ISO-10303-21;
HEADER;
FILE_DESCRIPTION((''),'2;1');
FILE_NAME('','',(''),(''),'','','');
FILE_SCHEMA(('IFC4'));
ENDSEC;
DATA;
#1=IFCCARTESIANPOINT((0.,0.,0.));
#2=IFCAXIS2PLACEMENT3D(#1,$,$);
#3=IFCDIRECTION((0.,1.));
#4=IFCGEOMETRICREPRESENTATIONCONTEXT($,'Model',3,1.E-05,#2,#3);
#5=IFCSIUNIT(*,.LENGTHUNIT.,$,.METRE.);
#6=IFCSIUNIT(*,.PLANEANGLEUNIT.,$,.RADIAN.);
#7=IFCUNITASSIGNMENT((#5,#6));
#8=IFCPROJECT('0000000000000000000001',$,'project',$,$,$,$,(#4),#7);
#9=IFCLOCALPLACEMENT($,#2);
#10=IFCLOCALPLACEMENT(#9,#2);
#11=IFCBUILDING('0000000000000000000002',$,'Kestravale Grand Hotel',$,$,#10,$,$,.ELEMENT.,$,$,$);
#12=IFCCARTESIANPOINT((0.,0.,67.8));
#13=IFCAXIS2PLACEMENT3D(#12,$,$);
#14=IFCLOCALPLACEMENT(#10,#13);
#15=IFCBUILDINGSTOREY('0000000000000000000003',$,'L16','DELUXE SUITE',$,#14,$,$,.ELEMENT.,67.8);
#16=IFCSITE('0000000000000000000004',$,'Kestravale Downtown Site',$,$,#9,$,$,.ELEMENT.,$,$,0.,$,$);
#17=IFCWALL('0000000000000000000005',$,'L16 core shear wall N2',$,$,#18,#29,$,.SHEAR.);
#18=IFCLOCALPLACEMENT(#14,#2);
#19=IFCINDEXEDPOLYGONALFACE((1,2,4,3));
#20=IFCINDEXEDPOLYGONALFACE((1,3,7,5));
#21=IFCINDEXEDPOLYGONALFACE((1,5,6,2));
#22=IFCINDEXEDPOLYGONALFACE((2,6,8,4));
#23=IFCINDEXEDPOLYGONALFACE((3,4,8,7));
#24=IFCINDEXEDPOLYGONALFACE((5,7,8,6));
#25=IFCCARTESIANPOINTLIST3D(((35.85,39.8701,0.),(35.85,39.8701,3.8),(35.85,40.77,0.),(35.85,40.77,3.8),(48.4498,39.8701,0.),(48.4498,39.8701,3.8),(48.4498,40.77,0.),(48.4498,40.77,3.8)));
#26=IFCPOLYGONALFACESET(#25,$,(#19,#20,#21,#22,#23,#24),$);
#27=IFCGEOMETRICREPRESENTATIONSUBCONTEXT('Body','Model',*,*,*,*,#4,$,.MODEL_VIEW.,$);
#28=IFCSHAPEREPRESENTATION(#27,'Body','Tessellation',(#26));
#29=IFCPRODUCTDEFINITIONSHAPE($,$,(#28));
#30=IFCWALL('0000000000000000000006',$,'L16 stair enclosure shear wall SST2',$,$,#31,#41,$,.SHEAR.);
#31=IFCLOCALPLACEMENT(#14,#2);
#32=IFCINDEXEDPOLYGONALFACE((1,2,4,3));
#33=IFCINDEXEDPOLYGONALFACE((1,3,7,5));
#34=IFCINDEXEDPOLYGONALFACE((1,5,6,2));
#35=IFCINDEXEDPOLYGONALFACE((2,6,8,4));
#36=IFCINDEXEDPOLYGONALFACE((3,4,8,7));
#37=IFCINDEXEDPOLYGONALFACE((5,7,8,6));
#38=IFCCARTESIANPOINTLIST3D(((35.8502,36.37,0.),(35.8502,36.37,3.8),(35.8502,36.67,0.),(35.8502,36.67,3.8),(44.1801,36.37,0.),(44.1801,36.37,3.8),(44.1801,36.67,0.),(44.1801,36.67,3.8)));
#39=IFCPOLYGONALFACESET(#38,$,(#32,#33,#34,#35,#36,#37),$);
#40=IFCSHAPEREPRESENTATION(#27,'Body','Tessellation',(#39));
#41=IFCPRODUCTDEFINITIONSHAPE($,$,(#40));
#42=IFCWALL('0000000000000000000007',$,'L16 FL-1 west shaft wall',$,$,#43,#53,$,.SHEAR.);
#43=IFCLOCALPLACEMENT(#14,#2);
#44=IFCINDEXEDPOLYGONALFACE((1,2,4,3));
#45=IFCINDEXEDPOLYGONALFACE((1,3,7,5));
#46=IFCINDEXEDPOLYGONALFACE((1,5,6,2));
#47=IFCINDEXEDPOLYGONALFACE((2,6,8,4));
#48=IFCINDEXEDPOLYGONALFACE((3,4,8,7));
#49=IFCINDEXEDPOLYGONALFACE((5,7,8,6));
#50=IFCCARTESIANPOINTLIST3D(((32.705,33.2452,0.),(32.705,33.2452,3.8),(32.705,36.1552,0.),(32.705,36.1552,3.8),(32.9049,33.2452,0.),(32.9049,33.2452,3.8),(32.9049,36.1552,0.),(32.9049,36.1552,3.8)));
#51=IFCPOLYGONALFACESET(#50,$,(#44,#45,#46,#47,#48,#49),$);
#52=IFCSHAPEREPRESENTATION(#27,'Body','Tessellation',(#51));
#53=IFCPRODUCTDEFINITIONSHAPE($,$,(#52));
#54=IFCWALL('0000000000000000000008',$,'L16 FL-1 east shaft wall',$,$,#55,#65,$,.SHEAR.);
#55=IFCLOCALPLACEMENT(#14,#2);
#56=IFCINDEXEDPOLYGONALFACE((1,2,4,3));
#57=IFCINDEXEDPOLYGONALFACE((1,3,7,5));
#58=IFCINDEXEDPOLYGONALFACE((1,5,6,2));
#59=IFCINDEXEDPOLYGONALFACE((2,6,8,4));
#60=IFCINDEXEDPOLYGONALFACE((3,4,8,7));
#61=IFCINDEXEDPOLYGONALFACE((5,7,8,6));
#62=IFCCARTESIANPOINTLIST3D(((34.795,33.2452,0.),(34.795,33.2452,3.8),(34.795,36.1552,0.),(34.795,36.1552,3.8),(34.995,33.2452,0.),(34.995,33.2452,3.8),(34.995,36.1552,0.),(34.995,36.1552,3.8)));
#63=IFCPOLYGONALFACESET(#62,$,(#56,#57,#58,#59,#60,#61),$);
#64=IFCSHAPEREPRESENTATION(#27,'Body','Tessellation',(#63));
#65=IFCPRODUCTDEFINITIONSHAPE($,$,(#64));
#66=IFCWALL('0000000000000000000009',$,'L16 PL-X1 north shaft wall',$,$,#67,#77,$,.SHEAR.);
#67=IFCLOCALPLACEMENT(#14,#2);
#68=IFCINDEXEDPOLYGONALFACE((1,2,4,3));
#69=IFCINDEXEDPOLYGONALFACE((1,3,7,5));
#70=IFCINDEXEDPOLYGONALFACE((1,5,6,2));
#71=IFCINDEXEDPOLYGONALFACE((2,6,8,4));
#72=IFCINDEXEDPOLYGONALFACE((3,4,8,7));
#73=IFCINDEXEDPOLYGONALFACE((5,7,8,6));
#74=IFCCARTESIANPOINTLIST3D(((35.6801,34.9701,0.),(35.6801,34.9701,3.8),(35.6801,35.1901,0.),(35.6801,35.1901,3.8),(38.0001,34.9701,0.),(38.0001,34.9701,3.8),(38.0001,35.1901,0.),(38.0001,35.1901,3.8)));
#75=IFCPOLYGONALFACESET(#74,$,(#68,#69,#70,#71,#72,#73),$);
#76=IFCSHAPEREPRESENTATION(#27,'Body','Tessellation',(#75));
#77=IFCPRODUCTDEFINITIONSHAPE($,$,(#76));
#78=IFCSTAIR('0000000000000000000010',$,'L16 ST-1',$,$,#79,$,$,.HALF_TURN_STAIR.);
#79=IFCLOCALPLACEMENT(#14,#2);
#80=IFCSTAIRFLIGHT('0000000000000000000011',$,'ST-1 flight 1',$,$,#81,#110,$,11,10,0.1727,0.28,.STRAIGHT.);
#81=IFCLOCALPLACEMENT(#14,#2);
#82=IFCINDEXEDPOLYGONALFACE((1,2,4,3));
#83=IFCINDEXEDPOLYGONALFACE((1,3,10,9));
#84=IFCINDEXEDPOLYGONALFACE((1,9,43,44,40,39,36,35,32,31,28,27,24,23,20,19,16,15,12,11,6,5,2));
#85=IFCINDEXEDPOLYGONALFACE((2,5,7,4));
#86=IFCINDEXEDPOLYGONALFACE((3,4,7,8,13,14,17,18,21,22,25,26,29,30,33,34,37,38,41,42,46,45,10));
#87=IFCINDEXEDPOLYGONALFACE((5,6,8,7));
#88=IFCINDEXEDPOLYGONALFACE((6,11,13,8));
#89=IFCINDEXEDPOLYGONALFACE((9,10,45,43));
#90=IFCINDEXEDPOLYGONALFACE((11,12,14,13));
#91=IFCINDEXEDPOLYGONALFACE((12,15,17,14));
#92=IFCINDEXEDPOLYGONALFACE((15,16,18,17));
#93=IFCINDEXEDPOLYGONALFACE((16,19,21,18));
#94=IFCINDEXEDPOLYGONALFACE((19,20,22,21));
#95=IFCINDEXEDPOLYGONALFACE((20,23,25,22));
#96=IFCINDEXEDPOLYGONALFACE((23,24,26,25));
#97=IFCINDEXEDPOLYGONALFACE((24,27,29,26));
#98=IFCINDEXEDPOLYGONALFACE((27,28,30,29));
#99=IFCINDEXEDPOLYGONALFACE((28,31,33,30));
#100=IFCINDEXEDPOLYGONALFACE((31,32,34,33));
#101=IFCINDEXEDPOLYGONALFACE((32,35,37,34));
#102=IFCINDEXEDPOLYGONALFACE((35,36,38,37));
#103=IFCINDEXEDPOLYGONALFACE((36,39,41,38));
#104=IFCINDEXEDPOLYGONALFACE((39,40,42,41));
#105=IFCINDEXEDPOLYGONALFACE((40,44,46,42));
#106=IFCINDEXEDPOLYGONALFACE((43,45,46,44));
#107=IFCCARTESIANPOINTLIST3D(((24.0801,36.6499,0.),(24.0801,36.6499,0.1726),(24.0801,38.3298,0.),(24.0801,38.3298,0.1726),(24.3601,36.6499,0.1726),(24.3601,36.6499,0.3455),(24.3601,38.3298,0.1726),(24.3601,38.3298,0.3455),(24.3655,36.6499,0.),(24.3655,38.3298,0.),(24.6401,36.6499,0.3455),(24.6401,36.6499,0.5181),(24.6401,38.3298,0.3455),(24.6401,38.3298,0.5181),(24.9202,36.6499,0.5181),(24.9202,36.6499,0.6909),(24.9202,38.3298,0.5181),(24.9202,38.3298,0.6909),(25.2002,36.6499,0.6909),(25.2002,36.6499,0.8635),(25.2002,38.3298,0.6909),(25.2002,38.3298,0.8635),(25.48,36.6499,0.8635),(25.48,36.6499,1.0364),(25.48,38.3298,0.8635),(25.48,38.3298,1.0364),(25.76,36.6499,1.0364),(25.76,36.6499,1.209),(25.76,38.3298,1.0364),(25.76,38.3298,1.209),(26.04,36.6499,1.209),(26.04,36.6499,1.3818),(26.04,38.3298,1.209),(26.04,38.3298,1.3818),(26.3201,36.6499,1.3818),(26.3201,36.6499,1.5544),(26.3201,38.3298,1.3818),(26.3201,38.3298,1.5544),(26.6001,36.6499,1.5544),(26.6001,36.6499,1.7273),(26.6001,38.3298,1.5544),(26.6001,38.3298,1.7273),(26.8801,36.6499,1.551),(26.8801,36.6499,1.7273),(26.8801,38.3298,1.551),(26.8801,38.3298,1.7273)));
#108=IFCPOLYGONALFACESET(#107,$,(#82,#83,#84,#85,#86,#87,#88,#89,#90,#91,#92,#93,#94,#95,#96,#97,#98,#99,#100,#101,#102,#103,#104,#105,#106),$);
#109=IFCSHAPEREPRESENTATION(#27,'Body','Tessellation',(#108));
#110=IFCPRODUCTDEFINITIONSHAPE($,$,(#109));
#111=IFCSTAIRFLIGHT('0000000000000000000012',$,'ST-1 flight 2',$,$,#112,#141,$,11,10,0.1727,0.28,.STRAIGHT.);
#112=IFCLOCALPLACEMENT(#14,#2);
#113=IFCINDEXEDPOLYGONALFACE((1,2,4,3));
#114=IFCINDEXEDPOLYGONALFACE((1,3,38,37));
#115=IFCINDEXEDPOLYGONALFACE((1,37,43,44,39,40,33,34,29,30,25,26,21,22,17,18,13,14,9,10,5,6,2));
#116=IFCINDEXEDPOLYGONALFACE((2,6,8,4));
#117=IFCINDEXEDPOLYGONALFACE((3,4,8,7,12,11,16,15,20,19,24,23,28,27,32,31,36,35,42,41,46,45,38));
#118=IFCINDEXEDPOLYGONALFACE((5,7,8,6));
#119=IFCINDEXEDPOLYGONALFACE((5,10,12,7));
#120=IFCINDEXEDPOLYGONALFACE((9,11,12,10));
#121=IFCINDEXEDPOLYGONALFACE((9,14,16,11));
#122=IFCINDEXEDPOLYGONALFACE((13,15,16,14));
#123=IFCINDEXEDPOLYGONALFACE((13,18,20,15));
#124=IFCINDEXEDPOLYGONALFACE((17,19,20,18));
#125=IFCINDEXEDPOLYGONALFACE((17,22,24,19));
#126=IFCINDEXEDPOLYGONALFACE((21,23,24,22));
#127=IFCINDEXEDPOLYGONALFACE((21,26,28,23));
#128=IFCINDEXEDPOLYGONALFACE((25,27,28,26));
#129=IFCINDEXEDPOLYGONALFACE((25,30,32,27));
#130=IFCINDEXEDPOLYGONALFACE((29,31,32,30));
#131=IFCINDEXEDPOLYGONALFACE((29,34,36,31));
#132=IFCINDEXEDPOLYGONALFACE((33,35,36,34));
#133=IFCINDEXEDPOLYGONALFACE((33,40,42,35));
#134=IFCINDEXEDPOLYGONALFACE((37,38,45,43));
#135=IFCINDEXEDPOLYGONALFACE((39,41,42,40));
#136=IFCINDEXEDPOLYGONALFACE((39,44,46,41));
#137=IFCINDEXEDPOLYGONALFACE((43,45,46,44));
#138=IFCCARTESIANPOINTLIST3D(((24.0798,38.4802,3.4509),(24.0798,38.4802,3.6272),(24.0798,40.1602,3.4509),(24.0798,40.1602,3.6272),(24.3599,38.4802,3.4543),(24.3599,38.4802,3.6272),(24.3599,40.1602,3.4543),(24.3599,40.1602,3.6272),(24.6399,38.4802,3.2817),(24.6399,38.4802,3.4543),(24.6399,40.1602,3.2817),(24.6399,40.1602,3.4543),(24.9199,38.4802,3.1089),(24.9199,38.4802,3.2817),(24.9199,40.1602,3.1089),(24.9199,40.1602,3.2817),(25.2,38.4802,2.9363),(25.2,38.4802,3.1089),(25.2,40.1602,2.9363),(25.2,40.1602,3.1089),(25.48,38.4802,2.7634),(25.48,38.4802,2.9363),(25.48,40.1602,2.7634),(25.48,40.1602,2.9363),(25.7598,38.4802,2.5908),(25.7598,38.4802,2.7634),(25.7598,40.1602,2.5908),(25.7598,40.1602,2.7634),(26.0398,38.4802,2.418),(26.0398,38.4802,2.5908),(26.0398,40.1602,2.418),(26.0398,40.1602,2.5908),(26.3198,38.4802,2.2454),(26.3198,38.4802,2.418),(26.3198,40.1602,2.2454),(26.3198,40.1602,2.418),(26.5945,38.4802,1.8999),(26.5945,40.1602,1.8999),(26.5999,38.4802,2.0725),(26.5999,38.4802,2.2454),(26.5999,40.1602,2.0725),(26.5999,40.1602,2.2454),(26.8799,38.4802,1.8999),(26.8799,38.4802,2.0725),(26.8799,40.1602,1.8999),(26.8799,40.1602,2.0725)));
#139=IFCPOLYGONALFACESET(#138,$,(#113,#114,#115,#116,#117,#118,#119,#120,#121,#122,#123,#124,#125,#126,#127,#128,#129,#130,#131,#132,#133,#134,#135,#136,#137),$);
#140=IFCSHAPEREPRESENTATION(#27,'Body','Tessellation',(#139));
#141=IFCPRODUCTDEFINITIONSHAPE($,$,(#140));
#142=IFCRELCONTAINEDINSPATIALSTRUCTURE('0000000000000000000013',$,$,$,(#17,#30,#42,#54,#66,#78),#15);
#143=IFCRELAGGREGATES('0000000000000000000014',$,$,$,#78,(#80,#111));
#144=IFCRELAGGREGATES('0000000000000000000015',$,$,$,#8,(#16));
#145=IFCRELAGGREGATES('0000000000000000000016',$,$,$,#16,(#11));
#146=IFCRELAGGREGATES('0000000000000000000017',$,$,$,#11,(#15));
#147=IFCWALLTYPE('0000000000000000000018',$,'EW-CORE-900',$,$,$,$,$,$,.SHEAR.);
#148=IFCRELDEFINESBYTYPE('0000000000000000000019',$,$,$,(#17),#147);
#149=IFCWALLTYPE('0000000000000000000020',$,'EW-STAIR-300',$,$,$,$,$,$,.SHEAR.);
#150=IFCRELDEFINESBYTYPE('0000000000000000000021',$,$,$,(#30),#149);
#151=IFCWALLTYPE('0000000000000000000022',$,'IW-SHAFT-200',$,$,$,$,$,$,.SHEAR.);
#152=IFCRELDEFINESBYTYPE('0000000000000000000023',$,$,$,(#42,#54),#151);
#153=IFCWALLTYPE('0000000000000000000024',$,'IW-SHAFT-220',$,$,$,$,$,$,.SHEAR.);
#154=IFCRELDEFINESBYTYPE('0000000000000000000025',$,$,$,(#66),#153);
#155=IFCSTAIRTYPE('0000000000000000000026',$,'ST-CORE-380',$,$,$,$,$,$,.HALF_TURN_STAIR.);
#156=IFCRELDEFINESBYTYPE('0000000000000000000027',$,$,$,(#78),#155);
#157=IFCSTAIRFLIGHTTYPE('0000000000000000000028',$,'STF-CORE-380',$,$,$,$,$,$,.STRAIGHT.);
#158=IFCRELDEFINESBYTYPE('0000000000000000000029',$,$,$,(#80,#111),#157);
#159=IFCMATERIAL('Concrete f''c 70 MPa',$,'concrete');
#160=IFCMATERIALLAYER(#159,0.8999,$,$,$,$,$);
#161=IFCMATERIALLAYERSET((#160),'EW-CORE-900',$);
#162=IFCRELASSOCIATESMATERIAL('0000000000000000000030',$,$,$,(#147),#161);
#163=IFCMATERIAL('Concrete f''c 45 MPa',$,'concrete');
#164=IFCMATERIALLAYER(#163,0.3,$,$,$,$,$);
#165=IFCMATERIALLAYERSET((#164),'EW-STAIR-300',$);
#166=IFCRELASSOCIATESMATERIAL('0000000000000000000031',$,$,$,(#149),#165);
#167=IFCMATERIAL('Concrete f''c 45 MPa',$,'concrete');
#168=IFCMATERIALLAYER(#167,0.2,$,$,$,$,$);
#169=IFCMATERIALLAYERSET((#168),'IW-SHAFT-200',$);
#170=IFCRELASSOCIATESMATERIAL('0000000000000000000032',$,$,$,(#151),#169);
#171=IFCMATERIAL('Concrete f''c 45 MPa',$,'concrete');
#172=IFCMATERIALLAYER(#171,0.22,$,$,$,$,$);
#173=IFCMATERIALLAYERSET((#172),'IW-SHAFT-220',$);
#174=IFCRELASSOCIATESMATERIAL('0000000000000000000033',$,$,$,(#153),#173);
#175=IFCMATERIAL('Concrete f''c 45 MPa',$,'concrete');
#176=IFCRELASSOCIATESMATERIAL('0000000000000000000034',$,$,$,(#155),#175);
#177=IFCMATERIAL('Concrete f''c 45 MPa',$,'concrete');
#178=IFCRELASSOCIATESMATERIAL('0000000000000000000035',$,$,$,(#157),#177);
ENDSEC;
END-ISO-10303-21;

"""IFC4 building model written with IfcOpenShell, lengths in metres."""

from ifc_helpers import new_model, si_unit, direction, frame, frame_2d, origin, place, context, subcontext, project, spatial, polyline, rectangle, outline, extrude, material, layer, layer_set, type_object, element, aggregate, save


model = new_model("IFC4")

# Units and contexts
model_context = context("Model", 3, precision=1e-05, world=origin(), true_north=direction((0.0, 1.0)))
body_context = subcontext(model_context, "Body", "Model", "MODEL_VIEW")
ifc_project = project(units=[si_unit("LENGTHUNIT", "METRE"), si_unit("PLANEANGLEUNIT", "RADIAN")], contexts=[model_context])

# Site, building, storey
site_placement = place(None, origin())
site = spatial("IfcSite", under=ifc_project, at=site_placement, Name="Kestravale Downtown Site", CompositionType="ELEMENT", RefElevation=0.0)
building_placement = place(site_placement, origin())
building = spatial("IfcBuilding", under=site, at=building_placement, Name="Kestravale Grand Hotel", CompositionType="ELEMENT")
storey_placement = place(building_placement, frame((0.0, 0.0, 67.8)))
storey = spatial("IfcBuildingStorey", under=building, at=storey_placement, Name="L16", Description="DELUXE SUITE", CompositionType="ELEMENT", Elevation=67.8)

# Wall
ifc_material_1 = material(Name="Concrete f'c 70 MPa", Category="concrete")
ifc_layer_1 = layer(ifc_material_1, 0.8999)
ifc_layer_set_1 = layer_set([ifc_layer_1], Name="EW-CORE-900")
wall_type_1 = type_object("IfcWallType", Name="EW-CORE-900", PredefinedType="SHEAR", material=ifc_layer_set_1)
wall_1_placement = place(storey_placement, frame((35.8501, 40.3201, 0.0), z_axis=(0.0, 0.0, 1.0), x_axis=(1.0, 0.0, 0.0)))
element("IfcWall", 1, at=wall_1_placement, inside=storey, type_object=wall_type_1, Name="L16 core shear wall N2", PredefinedType="SHEAR", context=body_context, shape_type="SweptSolid", body=[
    extrude(rectangle(XDim=12.5999, YDim=0.8999, at=frame_2d((6.2998, 0.0))), origin(), (0.0, 0.0, 1.0), 3.8),
])

# Wall
ifc_material_2 = material(Name="Concrete f'c 45 MPa", Category="concrete")
ifc_layer_2 = layer(ifc_material_2, 0.3)
ifc_layer_set_2 = layer_set([ifc_layer_2], Name="EW-STAIR-300")
wall_type_2 = type_object("IfcWallType", Name="EW-STAIR-300", PredefinedType="SHEAR", material=ifc_layer_set_2)
wall_2_placement = place(storey_placement, frame((35.8501, 36.52, 0.0), z_axis=(0.0, 0.0, 1.0), x_axis=(1.0, 0.0, 0.0)))
element("IfcWall", 2, at=wall_2_placement, inside=storey, type_object=wall_type_2, Name="L16 stair enclosure shear wall SST2", PredefinedType="SHEAR", context=body_context, shape_type="SweptSolid", body=[
    extrude(rectangle(XDim=8.3298, YDim=0.3, at=frame_2d((4.165, 0.0))), origin(), (0.0, 0.0, 1.0), 3.8),
])

# Walls
ifc_material_3 = material(Name="Concrete f'c 45 MPa", Category="concrete")
ifc_layer_3 = layer(ifc_material_3, 0.2)
ifc_layer_set_3 = layer_set([ifc_layer_3], Name="IW-SHAFT-200")
wall_type_3 = type_object("IfcWallType", Name="IW-SHAFT-200", PredefinedType="SHEAR", material=ifc_layer_set_3)
for number, where, z_axis, x_axis, name in (
    (3, (32.8049, 33.2451, 0.0), (0.0, 0.0, 1.0), (0.0, 1.0, 0.0), "L16 FL-1 west shaft wall"),
    (4, (34.895, 33.2451, 0.0), (0.0, 0.0, 1.0), (0.0, 1.0, 0.0), "L16 FL-1 east shaft wall"),
):
    element("IfcWall", number, at=place(storey_placement, frame(where, z_axis=z_axis, x_axis=x_axis)), inside=storey, type_object=wall_type_3, Name=name, PredefinedType="SHEAR", context=body_context, shape_type="SweptSolid", body=[
        extrude(rectangle(XDim=2.9099, YDim=0.2, at=frame_2d((1.4551, 0.0))), origin(), (0.0, 0.0, 1.0), 3.8),
    ])
ifc_material_4 = material(Name="Concrete f'c 45 MPa", Category="concrete")
ifc_layer_4 = layer(ifc_material_4, 0.22)
ifc_layer_set_4 = layer_set([ifc_layer_4], Name="IW-SHAFT-220")
wall_type_4 = type_object("IfcWallType", Name="IW-SHAFT-220", PredefinedType="SHEAR", material=ifc_layer_set_4)
wall_3_placement = place(storey_placement, frame((35.6799, 35.0801, 0.0), z_axis=(0.0, 0.0, 1.0), x_axis=(1.0, 0.0, 0.0)))
element("IfcWall", 5, at=wall_3_placement, inside=storey, type_object=wall_type_4, Name="L16 PL-X1 north shaft wall", PredefinedType="SHEAR", context=body_context, shape_type="SweptSolid", body=[
    extrude(rectangle(XDim=2.3201, YDim=0.22, at=frame_2d((1.1602, 0.0))), origin(), (0.0, 0.0, 1.0), 3.8),
])

# Stair, stair flights
ifc_material_5 = material(Name="Concrete f'c 45 MPa", Category="concrete")
stair_type = type_object("IfcStairType", Name="ST-CORE-380", PredefinedType="HALF_TURN_STAIR", material=ifc_material_5)
stair_placement = place(storey_placement, origin())
stair = element("IfcStair", 6, at=stair_placement, inside=storey, type_object=stair_type, Name="L16 ST-1", PredefinedType="HALF_TURN_STAIR")
ifc_material_6 = material(Name="Concrete f'c 45 MPa", Category="concrete")
stair_flight_type = type_object("IfcStairFlightType", Name="STF-CORE-380", PredefinedType="STRAIGHT", material=ifc_material_6)
stair_flight_1_placement = place(storey_placement, frame((24.0801, 37.49, 0.0), z_axis=(0.0, 0.0, 1.0), x_axis=(1.0, 0.0, 0.0)))
stair_flight_1 = element("IfcStairFlight", 7, at=stair_flight_1_placement, type_object=stair_flight_type, Name="ST-1 flight 1", NumberOfRisers=11, NumberOfTreads=10, PredefinedType="STRAIGHT", RiserHeight=0.1727, TreadLength=0.28, context=body_context, shape_type="SweptSolid", body=[
    extrude(outline(polyline([(0.0, 0.0), (0.0, 0.1726), (0.28, 0.1726), (0.28, 0.3455), (0.5601, 0.3455), (0.5601, 0.5181), (0.8401, 0.5181), (0.8401, 0.6909), (1.1201, 0.6909), (1.1201, 0.8635), (1.3999, 0.8635), (1.3999, 1.0364), (1.6799, 1.0364), (1.6799, 1.209), (1.96, 1.209), (1.96, 1.3818), (2.24, 1.3818), (2.24, 1.5544), (2.52, 1.5544), (2.52, 1.7273), (2.8, 1.7273), (2.8, 1.8999), (2.8, 1.551), (0.2854, 0.0), (0.0, 0.0)])), frame((0.0, 0.8398, 0.0), z_axis=(0.0, -1.0, 0.0), x_axis=(1.0, 0.0, 0.0)), (0.0, 0.0, 1.0), 1.6799),
])
stair_flight_2_placement = place(storey_placement, frame((26.8799, 39.3201, 1.8999), z_axis=(0.0, 0.0, 1.0), x_axis=(-1.0, 0.0, 0.0)))
stair_flight_2 = element("IfcStairFlight", 8, at=stair_flight_2_placement, type_object=stair_flight_type, Name="ST-1 flight 2", NumberOfRisers=11, NumberOfTreads=10, PredefinedType="STRAIGHT", RiserHeight=0.1727, TreadLength=0.28, context=body_context, shape_type="SweptSolid", body=[
    extrude(outline(polyline([(0.0, 0.0), (0.0, 0.1726), (0.28, 0.1726), (0.28, 0.3455), (0.5601, 0.3455), (0.5601, 0.5181), (0.8401, 0.5181), (0.8401, 0.6909), (1.1201, 0.6909), (1.1201, 0.8635), (1.3999, 0.8635), (1.3999, 1.0364), (1.6799, 1.0364), (1.6799, 1.209), (1.96, 1.209), (1.96, 1.3818), (2.24, 1.3818), (2.24, 1.5544), (2.52, 1.5544), (2.52, 1.7273), (2.8, 1.7273), (2.8, 1.8999), (2.8, 1.551), (0.2854, 0.0), (0.0, 0.0)])), frame((0.0, 0.8398, 0.0), z_axis=(0.0, -1.0, 0.0), x_axis=(1.0, 0.0, 0.0)), (0.0, 0.0, 1.0), 1.6799),
])
aggregate(stair, [stair_flight_1, stair_flight_2])

save(model, "model.ifc")
